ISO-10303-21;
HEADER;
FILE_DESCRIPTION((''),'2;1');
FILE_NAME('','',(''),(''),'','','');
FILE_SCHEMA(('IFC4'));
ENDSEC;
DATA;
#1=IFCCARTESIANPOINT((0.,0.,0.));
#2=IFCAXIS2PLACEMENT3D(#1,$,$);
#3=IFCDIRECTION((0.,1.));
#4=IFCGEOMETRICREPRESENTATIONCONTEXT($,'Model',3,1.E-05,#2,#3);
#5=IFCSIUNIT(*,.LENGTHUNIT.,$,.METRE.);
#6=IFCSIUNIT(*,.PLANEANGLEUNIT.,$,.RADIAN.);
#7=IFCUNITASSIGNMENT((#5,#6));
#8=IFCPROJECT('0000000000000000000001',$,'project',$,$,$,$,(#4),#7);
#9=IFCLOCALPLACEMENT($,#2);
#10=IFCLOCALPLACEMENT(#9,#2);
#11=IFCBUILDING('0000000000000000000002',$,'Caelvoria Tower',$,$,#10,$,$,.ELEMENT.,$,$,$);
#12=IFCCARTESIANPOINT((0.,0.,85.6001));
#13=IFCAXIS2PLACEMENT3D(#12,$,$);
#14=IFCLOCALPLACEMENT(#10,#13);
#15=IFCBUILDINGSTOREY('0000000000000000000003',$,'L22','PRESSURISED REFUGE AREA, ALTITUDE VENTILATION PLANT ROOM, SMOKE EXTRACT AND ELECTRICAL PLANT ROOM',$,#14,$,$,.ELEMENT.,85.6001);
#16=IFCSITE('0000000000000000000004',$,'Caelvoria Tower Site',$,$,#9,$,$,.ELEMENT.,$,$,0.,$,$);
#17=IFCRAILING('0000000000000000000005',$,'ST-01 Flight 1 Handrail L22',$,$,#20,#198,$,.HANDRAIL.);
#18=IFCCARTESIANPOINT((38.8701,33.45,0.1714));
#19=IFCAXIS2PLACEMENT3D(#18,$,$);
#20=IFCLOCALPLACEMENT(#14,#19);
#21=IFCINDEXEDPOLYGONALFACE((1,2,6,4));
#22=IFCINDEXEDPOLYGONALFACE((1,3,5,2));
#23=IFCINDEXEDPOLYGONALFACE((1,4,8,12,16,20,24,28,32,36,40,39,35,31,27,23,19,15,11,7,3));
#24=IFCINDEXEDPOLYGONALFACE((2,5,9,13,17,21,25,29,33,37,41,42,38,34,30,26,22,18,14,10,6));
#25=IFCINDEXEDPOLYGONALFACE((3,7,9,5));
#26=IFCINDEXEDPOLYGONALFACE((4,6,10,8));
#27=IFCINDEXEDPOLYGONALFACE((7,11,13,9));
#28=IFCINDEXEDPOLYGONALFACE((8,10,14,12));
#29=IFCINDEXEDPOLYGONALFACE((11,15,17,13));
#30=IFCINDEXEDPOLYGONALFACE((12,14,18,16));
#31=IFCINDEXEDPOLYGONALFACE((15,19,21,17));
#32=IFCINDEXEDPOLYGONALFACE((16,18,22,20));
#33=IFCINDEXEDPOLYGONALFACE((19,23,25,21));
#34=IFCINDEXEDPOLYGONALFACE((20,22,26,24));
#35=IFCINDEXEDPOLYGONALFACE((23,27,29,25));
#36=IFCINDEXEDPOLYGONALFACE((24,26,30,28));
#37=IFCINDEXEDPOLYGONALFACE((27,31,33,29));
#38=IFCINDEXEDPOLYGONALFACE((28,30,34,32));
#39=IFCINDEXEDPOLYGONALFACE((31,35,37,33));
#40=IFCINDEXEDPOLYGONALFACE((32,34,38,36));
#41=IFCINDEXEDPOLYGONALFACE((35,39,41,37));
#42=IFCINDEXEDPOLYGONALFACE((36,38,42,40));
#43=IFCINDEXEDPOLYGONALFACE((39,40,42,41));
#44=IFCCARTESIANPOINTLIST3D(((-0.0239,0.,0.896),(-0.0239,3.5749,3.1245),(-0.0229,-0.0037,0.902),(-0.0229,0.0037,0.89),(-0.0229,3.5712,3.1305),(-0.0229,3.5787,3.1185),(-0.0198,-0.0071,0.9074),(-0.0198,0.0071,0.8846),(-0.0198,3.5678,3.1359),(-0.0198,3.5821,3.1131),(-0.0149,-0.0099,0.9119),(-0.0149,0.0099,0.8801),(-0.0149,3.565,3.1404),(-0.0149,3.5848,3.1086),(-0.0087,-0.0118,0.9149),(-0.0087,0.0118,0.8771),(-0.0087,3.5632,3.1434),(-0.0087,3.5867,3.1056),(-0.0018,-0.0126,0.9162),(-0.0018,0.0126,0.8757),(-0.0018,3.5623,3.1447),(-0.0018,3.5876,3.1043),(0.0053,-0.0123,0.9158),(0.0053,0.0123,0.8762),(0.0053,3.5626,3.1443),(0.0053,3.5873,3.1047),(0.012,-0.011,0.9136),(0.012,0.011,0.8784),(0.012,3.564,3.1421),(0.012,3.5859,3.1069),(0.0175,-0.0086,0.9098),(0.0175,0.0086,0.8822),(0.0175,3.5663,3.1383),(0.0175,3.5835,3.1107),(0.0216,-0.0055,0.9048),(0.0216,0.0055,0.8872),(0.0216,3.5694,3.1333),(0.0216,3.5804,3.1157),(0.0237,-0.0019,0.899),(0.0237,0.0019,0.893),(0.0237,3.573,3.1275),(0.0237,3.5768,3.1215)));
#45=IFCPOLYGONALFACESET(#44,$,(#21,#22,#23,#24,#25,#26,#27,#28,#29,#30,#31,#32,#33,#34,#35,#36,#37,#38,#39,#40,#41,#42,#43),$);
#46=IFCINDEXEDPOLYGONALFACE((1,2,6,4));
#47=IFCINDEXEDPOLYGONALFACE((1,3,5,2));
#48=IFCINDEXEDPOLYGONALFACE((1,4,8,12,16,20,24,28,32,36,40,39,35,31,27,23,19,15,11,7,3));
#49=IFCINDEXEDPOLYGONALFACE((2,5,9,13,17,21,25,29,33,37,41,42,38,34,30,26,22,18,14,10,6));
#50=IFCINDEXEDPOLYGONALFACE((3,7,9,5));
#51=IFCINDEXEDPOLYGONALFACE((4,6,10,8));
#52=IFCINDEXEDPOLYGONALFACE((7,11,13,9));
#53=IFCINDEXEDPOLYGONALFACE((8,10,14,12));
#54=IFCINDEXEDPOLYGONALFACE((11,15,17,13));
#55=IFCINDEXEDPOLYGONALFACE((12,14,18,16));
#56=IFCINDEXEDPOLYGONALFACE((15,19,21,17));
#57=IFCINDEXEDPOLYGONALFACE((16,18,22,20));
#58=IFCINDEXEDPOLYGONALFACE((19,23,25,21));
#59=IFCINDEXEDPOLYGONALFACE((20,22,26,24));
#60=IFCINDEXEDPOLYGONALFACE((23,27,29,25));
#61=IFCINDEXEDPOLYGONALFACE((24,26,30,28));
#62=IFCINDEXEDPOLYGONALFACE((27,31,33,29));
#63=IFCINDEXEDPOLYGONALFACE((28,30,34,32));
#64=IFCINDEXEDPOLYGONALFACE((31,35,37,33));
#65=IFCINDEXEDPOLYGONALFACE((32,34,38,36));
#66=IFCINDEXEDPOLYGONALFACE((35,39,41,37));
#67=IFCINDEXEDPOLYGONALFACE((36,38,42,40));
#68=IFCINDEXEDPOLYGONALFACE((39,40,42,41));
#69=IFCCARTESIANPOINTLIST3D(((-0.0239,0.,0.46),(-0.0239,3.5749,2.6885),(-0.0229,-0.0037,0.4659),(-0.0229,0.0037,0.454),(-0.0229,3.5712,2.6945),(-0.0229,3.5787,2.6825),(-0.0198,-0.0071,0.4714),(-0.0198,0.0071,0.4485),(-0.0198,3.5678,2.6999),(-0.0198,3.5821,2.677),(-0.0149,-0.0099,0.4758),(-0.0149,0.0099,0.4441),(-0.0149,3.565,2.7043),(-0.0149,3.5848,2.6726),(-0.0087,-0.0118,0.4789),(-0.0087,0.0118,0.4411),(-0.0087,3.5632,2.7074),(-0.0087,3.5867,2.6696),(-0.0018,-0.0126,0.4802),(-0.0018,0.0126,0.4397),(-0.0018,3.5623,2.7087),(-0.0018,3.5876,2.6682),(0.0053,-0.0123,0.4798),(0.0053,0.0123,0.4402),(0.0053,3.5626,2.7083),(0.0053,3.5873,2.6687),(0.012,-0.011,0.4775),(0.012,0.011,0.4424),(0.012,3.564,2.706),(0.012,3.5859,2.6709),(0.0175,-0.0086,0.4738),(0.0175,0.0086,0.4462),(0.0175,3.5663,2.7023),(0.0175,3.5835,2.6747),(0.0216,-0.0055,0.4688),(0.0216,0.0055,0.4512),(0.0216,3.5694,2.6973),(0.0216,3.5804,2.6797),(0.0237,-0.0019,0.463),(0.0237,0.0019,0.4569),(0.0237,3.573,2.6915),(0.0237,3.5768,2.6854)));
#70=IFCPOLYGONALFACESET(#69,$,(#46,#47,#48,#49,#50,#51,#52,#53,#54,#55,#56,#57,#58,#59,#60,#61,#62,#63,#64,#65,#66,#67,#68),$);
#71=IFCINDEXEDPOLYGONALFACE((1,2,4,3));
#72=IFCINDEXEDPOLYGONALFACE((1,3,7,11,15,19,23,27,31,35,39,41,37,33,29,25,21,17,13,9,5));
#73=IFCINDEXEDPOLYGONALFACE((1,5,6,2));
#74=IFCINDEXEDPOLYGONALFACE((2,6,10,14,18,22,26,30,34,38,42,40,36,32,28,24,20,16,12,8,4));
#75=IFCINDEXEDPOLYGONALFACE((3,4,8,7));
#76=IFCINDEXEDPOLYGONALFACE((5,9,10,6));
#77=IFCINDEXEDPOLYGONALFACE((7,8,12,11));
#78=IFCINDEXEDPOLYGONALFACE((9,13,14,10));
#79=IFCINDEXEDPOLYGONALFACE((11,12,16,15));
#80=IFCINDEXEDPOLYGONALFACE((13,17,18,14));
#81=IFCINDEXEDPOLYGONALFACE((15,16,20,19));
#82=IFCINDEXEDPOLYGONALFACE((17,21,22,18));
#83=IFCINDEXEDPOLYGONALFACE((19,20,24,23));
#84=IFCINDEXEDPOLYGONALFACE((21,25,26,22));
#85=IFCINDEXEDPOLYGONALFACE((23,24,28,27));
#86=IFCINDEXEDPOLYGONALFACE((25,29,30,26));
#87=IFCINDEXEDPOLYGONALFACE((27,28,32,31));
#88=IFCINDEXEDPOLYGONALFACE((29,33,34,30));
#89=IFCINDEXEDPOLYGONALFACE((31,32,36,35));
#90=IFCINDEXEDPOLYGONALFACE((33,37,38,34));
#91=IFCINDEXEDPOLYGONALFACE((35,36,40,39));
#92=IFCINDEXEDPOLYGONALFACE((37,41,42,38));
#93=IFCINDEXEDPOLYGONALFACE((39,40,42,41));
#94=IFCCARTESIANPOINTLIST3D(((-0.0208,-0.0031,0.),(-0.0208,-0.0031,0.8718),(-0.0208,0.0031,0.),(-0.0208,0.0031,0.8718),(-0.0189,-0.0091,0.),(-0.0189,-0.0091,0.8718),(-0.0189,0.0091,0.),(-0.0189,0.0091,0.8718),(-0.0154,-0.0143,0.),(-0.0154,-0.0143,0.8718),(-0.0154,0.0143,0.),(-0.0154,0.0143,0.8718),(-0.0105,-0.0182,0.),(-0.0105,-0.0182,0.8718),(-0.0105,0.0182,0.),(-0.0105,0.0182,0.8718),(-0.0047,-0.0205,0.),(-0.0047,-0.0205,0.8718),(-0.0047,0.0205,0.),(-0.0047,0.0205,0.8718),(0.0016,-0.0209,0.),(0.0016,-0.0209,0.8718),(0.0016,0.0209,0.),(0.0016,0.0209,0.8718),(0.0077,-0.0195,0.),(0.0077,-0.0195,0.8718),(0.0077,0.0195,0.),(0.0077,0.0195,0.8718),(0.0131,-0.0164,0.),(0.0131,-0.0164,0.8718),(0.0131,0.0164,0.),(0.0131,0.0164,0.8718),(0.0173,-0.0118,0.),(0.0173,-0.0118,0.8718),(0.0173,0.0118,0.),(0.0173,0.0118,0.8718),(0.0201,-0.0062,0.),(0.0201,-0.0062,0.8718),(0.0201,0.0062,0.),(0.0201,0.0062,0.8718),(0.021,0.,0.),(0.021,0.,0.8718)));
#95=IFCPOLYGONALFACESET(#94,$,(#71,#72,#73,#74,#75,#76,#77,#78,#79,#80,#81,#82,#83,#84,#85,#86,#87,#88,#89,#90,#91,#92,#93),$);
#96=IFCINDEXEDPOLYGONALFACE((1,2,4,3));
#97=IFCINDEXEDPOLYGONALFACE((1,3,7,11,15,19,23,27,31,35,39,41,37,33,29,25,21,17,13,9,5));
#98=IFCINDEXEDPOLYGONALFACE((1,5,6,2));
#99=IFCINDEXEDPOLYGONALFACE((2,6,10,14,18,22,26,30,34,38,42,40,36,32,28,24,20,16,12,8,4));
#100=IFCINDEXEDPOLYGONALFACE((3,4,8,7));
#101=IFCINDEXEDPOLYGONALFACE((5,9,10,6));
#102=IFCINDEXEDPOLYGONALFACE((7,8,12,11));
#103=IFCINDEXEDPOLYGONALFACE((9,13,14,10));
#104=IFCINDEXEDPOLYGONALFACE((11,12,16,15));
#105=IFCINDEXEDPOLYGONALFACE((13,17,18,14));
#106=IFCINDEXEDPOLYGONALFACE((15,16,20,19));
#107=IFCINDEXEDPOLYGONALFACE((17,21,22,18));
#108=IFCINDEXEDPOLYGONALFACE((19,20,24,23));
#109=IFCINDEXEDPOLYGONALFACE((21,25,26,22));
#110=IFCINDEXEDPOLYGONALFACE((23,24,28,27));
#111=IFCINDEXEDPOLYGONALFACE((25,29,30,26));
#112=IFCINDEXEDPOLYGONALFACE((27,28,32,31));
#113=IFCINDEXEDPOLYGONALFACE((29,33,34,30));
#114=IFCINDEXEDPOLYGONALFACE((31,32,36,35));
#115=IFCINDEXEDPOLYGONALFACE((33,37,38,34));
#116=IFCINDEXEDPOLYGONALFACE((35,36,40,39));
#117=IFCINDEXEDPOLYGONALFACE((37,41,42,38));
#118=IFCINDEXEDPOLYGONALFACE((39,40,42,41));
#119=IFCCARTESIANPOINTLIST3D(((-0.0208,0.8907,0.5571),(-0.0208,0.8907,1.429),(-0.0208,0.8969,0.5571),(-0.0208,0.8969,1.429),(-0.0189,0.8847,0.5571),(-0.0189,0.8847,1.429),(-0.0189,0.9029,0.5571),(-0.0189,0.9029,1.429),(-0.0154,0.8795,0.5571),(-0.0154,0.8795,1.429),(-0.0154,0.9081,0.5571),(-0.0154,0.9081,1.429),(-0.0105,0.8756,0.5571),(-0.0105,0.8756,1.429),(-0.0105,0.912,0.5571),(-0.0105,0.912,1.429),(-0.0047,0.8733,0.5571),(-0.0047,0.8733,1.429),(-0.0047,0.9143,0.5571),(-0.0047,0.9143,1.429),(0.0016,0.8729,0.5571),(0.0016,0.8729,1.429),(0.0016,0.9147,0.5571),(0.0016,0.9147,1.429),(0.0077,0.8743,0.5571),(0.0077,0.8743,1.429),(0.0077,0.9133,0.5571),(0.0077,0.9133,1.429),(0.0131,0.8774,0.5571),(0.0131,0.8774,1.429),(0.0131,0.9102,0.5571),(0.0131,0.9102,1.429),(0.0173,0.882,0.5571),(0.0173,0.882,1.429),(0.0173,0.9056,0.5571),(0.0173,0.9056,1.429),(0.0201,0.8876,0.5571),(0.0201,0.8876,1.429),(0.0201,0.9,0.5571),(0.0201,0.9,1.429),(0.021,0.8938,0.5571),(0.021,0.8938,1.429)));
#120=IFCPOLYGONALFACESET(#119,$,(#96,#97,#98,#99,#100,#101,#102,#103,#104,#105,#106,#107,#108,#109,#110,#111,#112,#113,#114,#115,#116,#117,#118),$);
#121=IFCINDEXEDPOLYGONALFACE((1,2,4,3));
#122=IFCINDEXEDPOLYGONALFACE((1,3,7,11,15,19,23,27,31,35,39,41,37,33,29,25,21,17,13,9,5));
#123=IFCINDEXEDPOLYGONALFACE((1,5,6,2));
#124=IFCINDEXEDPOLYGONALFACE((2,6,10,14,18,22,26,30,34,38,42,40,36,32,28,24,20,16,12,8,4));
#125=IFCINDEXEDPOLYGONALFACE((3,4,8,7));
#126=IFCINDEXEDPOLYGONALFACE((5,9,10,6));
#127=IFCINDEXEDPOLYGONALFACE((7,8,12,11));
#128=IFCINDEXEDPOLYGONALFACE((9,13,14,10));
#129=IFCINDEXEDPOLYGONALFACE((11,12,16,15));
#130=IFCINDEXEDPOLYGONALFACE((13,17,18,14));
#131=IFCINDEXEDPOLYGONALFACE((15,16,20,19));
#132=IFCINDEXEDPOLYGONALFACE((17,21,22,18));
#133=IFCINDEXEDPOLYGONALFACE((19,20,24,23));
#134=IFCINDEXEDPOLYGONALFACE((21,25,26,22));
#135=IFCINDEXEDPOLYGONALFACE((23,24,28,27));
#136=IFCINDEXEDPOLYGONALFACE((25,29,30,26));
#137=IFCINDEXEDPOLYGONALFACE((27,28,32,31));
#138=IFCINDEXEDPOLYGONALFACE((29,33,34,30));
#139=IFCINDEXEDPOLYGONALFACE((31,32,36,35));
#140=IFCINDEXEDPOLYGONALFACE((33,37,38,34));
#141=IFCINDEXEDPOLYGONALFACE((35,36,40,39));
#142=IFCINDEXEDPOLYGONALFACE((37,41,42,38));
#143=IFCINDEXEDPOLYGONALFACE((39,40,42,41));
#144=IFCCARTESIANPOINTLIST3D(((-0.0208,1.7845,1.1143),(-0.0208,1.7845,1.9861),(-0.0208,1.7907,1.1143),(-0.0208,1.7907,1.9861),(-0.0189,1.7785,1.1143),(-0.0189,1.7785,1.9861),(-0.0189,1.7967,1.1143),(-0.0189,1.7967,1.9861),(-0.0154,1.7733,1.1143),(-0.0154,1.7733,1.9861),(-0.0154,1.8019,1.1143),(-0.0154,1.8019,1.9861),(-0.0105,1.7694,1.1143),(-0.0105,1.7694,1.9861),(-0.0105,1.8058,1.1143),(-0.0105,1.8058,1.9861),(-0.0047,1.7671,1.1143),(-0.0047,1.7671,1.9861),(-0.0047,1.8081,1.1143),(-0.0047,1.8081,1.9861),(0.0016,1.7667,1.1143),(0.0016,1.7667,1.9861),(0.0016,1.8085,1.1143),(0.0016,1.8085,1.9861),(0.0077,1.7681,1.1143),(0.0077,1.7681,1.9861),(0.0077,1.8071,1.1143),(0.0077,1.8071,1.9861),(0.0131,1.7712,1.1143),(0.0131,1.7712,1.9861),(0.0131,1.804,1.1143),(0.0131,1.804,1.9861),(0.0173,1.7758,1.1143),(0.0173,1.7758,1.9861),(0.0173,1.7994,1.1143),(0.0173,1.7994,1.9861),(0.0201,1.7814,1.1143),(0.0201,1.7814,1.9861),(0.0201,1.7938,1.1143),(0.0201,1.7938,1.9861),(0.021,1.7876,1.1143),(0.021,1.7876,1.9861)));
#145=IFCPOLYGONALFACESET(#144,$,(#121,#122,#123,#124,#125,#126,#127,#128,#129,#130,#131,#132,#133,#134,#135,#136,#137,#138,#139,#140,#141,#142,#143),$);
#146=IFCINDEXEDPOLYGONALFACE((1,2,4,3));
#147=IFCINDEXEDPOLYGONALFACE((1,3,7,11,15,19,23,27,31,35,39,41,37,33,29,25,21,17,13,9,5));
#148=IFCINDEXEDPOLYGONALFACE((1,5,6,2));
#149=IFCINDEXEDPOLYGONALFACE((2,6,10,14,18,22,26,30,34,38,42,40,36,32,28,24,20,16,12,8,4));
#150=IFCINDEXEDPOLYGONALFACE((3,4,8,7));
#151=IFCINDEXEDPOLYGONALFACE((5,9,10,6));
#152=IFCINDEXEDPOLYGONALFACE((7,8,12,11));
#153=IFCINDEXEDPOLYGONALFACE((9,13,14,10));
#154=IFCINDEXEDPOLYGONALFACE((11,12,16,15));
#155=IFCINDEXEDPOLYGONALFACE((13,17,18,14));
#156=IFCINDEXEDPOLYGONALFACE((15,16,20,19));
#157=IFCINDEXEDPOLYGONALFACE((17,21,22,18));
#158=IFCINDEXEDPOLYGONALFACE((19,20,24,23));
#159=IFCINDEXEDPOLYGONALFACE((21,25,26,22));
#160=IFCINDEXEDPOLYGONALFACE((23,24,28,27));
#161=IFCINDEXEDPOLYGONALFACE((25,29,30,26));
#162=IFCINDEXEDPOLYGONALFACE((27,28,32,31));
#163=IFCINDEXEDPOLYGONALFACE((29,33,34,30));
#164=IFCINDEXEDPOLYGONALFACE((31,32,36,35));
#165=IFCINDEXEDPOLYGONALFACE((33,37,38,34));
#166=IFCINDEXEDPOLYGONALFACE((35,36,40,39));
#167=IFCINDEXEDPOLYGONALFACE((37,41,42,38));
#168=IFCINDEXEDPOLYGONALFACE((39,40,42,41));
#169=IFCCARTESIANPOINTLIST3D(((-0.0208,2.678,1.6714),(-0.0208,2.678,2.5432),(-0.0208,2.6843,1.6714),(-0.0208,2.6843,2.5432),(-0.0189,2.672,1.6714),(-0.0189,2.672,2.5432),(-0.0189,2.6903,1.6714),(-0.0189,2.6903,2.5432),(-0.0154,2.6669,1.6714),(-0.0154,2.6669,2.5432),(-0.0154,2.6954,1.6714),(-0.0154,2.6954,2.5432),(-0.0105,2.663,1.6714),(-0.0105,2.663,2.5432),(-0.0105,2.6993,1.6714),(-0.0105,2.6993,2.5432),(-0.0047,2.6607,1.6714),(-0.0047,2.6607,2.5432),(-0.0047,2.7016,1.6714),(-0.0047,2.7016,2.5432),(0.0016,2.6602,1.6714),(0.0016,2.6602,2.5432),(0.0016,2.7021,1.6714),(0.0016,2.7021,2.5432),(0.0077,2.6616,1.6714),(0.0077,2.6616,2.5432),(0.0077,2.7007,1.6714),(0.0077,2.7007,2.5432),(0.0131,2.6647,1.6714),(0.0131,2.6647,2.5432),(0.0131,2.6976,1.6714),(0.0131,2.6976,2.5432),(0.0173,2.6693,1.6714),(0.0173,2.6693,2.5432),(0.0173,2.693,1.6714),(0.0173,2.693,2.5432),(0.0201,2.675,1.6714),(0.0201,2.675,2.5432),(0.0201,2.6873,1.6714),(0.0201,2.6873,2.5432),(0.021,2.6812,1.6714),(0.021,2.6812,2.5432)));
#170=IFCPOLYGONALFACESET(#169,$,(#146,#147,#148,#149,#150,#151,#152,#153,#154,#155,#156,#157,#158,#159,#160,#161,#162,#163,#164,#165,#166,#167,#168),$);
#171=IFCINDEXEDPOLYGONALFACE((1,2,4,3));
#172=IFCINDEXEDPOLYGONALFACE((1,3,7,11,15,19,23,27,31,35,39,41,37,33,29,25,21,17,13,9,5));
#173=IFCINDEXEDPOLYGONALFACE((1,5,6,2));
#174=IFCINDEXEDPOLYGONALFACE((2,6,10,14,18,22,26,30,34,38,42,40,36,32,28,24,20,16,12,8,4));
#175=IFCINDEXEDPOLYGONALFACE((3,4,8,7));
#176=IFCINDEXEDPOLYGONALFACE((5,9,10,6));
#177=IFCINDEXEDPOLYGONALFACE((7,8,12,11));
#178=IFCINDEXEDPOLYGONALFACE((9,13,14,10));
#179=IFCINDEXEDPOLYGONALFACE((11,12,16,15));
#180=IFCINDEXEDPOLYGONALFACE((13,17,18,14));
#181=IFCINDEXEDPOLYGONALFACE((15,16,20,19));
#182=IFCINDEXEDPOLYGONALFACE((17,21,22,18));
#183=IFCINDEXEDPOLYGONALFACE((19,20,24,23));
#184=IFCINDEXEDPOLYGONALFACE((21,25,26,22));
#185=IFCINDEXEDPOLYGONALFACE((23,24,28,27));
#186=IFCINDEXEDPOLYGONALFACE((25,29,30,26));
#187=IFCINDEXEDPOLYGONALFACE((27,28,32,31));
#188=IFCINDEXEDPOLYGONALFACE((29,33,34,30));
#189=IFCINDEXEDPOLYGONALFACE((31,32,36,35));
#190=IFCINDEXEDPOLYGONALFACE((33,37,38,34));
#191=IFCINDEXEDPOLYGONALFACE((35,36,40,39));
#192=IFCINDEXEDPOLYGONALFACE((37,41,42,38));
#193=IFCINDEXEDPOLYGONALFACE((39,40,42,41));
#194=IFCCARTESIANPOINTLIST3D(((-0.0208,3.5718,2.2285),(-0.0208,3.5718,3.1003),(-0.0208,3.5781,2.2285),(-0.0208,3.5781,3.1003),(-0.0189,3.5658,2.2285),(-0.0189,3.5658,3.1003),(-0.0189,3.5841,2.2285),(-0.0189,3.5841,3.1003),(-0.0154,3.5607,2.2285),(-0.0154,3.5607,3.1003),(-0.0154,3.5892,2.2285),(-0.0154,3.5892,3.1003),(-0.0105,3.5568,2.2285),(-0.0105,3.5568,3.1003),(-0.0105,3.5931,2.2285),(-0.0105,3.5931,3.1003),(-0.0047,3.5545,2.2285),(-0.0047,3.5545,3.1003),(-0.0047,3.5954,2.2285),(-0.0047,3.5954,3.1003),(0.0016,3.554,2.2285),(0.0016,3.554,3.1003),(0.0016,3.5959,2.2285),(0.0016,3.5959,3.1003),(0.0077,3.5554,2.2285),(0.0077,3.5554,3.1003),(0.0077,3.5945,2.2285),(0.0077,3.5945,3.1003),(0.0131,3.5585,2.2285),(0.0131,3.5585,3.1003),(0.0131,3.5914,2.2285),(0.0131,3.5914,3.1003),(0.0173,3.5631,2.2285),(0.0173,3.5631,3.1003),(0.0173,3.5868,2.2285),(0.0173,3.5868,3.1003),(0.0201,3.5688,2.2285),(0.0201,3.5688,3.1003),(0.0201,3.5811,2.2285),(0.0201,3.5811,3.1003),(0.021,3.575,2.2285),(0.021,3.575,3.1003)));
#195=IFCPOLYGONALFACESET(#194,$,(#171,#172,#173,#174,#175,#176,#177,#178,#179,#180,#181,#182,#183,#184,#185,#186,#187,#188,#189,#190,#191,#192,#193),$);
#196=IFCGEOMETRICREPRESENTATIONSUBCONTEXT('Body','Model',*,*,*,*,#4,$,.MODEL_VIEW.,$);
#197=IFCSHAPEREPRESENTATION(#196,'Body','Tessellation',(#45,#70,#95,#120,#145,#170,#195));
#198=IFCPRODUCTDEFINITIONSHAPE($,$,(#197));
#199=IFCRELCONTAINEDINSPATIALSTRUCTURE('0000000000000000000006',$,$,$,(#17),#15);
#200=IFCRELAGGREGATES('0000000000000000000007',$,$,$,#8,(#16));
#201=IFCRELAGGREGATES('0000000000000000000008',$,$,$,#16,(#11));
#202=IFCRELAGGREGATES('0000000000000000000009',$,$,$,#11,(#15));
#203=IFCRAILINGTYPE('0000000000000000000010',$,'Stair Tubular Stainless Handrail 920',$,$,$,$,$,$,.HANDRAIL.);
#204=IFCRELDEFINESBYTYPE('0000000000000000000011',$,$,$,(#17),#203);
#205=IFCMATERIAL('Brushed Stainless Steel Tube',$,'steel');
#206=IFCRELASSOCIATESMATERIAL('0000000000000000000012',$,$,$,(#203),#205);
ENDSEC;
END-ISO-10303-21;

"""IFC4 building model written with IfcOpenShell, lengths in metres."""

from ifc_helpers import new_model, si_unit, direction, frame, origin, origin_2d, place, context, subcontext, project, spatial, circle, extrude, material, type_object, element, save


model = new_model("IFC4")

# Units and contexts
model_context = context("Model", 3, precision=1e-05, world=origin(), true_north=direction((0.0, 1.0)))
body_context = subcontext(model_context, "Body", "Model", "MODEL_VIEW")
ifc_project = project(units=[si_unit("LENGTHUNIT", "METRE"), si_unit("PLANEANGLEUNIT", "RADIAN")], contexts=[model_context])

# Site, building, storey
site_placement = place(None, origin())
site = spatial("IfcSite", under=ifc_project, at=site_placement, Name="Caelvoria Tower Site", CompositionType="ELEMENT", RefElevation=0.0)
building_placement = place(site_placement, origin())
building = spatial("IfcBuilding", under=site, at=building_placement, Name="Caelvoria Tower", CompositionType="ELEMENT")
storey_placement = place(building_placement, frame((0.0, 0.0, 85.6001)))
storey = spatial("IfcBuildingStorey", under=building, at=storey_placement, Name="L22", Description="PRESSURISED REFUGE AREA, ALTITUDE VENTILATION PLANT ROOM, SMOKE EXTRACT AND ELECTRICAL PLANT ROOM", CompositionType="ELEMENT", Elevation=85.6001)

# Railing
ifc_material_1 = material(Name="Brushed Stainless Steel Tube", Category="steel")
railing_type_1 = type_object("IfcRailingType", Name="Stair Tubular Stainless Handrail 920", PredefinedType="HANDRAIL", material=ifc_material_1)
railing_1_placement = place(storey_placement, frame((38.8701, 33.45, 0.1714)))
element("IfcRailing", 1, at=railing_1_placement, inside=storey, type_object=railing_type_1, Name="ST-01 Flight 1 Handrail L22", PredefinedType="HANDRAIL", context=body_context, shape_type="SweptSolid", body=[
    extrude(circle(Radius=0.0239, at=origin_2d()), frame((0.0, 0.0, 0.896), z_axis=(0.0, 0.84862, 0.529004), x_axis=(-1.0, 0.0, 0.0)), (0.0, 0.0, 1.0), 4.2126),
    extrude(circle(Radius=0.0239, at=origin_2d()), frame((0.0, 0.0, 0.46), z_axis=(0.0, 0.84862, 0.529004), x_axis=(-1.0, 0.0, 0.0)), (0.0, 0.0, 1.0), 4.2126),
    extrude(circle(Radius=0.021, at=origin_2d()), origin(), (0.0, 0.0, 1.0), 0.8718),
    extrude(circle(Radius=0.021, at=origin_2d()), frame((0.0, 0.8938, 0.5571)), (0.0, 0.0, 1.0), 0.8718),
    extrude(circle(Radius=0.021, at=origin_2d()), frame((0.0, 1.7876, 1.1143)), (0.0, 0.0, 1.0), 0.8718),
    extrude(circle(Radius=0.021, at=origin_2d()), frame((0.0, 2.6812, 1.6714)), (0.0, 0.0, 1.0), 0.8718),
    extrude(circle(Radius=0.021, at=origin_2d()), frame((0.0, 3.575, 2.2285)), (0.0, 0.0, 1.0), 0.8718),
])

save(model, "model.ifc")
